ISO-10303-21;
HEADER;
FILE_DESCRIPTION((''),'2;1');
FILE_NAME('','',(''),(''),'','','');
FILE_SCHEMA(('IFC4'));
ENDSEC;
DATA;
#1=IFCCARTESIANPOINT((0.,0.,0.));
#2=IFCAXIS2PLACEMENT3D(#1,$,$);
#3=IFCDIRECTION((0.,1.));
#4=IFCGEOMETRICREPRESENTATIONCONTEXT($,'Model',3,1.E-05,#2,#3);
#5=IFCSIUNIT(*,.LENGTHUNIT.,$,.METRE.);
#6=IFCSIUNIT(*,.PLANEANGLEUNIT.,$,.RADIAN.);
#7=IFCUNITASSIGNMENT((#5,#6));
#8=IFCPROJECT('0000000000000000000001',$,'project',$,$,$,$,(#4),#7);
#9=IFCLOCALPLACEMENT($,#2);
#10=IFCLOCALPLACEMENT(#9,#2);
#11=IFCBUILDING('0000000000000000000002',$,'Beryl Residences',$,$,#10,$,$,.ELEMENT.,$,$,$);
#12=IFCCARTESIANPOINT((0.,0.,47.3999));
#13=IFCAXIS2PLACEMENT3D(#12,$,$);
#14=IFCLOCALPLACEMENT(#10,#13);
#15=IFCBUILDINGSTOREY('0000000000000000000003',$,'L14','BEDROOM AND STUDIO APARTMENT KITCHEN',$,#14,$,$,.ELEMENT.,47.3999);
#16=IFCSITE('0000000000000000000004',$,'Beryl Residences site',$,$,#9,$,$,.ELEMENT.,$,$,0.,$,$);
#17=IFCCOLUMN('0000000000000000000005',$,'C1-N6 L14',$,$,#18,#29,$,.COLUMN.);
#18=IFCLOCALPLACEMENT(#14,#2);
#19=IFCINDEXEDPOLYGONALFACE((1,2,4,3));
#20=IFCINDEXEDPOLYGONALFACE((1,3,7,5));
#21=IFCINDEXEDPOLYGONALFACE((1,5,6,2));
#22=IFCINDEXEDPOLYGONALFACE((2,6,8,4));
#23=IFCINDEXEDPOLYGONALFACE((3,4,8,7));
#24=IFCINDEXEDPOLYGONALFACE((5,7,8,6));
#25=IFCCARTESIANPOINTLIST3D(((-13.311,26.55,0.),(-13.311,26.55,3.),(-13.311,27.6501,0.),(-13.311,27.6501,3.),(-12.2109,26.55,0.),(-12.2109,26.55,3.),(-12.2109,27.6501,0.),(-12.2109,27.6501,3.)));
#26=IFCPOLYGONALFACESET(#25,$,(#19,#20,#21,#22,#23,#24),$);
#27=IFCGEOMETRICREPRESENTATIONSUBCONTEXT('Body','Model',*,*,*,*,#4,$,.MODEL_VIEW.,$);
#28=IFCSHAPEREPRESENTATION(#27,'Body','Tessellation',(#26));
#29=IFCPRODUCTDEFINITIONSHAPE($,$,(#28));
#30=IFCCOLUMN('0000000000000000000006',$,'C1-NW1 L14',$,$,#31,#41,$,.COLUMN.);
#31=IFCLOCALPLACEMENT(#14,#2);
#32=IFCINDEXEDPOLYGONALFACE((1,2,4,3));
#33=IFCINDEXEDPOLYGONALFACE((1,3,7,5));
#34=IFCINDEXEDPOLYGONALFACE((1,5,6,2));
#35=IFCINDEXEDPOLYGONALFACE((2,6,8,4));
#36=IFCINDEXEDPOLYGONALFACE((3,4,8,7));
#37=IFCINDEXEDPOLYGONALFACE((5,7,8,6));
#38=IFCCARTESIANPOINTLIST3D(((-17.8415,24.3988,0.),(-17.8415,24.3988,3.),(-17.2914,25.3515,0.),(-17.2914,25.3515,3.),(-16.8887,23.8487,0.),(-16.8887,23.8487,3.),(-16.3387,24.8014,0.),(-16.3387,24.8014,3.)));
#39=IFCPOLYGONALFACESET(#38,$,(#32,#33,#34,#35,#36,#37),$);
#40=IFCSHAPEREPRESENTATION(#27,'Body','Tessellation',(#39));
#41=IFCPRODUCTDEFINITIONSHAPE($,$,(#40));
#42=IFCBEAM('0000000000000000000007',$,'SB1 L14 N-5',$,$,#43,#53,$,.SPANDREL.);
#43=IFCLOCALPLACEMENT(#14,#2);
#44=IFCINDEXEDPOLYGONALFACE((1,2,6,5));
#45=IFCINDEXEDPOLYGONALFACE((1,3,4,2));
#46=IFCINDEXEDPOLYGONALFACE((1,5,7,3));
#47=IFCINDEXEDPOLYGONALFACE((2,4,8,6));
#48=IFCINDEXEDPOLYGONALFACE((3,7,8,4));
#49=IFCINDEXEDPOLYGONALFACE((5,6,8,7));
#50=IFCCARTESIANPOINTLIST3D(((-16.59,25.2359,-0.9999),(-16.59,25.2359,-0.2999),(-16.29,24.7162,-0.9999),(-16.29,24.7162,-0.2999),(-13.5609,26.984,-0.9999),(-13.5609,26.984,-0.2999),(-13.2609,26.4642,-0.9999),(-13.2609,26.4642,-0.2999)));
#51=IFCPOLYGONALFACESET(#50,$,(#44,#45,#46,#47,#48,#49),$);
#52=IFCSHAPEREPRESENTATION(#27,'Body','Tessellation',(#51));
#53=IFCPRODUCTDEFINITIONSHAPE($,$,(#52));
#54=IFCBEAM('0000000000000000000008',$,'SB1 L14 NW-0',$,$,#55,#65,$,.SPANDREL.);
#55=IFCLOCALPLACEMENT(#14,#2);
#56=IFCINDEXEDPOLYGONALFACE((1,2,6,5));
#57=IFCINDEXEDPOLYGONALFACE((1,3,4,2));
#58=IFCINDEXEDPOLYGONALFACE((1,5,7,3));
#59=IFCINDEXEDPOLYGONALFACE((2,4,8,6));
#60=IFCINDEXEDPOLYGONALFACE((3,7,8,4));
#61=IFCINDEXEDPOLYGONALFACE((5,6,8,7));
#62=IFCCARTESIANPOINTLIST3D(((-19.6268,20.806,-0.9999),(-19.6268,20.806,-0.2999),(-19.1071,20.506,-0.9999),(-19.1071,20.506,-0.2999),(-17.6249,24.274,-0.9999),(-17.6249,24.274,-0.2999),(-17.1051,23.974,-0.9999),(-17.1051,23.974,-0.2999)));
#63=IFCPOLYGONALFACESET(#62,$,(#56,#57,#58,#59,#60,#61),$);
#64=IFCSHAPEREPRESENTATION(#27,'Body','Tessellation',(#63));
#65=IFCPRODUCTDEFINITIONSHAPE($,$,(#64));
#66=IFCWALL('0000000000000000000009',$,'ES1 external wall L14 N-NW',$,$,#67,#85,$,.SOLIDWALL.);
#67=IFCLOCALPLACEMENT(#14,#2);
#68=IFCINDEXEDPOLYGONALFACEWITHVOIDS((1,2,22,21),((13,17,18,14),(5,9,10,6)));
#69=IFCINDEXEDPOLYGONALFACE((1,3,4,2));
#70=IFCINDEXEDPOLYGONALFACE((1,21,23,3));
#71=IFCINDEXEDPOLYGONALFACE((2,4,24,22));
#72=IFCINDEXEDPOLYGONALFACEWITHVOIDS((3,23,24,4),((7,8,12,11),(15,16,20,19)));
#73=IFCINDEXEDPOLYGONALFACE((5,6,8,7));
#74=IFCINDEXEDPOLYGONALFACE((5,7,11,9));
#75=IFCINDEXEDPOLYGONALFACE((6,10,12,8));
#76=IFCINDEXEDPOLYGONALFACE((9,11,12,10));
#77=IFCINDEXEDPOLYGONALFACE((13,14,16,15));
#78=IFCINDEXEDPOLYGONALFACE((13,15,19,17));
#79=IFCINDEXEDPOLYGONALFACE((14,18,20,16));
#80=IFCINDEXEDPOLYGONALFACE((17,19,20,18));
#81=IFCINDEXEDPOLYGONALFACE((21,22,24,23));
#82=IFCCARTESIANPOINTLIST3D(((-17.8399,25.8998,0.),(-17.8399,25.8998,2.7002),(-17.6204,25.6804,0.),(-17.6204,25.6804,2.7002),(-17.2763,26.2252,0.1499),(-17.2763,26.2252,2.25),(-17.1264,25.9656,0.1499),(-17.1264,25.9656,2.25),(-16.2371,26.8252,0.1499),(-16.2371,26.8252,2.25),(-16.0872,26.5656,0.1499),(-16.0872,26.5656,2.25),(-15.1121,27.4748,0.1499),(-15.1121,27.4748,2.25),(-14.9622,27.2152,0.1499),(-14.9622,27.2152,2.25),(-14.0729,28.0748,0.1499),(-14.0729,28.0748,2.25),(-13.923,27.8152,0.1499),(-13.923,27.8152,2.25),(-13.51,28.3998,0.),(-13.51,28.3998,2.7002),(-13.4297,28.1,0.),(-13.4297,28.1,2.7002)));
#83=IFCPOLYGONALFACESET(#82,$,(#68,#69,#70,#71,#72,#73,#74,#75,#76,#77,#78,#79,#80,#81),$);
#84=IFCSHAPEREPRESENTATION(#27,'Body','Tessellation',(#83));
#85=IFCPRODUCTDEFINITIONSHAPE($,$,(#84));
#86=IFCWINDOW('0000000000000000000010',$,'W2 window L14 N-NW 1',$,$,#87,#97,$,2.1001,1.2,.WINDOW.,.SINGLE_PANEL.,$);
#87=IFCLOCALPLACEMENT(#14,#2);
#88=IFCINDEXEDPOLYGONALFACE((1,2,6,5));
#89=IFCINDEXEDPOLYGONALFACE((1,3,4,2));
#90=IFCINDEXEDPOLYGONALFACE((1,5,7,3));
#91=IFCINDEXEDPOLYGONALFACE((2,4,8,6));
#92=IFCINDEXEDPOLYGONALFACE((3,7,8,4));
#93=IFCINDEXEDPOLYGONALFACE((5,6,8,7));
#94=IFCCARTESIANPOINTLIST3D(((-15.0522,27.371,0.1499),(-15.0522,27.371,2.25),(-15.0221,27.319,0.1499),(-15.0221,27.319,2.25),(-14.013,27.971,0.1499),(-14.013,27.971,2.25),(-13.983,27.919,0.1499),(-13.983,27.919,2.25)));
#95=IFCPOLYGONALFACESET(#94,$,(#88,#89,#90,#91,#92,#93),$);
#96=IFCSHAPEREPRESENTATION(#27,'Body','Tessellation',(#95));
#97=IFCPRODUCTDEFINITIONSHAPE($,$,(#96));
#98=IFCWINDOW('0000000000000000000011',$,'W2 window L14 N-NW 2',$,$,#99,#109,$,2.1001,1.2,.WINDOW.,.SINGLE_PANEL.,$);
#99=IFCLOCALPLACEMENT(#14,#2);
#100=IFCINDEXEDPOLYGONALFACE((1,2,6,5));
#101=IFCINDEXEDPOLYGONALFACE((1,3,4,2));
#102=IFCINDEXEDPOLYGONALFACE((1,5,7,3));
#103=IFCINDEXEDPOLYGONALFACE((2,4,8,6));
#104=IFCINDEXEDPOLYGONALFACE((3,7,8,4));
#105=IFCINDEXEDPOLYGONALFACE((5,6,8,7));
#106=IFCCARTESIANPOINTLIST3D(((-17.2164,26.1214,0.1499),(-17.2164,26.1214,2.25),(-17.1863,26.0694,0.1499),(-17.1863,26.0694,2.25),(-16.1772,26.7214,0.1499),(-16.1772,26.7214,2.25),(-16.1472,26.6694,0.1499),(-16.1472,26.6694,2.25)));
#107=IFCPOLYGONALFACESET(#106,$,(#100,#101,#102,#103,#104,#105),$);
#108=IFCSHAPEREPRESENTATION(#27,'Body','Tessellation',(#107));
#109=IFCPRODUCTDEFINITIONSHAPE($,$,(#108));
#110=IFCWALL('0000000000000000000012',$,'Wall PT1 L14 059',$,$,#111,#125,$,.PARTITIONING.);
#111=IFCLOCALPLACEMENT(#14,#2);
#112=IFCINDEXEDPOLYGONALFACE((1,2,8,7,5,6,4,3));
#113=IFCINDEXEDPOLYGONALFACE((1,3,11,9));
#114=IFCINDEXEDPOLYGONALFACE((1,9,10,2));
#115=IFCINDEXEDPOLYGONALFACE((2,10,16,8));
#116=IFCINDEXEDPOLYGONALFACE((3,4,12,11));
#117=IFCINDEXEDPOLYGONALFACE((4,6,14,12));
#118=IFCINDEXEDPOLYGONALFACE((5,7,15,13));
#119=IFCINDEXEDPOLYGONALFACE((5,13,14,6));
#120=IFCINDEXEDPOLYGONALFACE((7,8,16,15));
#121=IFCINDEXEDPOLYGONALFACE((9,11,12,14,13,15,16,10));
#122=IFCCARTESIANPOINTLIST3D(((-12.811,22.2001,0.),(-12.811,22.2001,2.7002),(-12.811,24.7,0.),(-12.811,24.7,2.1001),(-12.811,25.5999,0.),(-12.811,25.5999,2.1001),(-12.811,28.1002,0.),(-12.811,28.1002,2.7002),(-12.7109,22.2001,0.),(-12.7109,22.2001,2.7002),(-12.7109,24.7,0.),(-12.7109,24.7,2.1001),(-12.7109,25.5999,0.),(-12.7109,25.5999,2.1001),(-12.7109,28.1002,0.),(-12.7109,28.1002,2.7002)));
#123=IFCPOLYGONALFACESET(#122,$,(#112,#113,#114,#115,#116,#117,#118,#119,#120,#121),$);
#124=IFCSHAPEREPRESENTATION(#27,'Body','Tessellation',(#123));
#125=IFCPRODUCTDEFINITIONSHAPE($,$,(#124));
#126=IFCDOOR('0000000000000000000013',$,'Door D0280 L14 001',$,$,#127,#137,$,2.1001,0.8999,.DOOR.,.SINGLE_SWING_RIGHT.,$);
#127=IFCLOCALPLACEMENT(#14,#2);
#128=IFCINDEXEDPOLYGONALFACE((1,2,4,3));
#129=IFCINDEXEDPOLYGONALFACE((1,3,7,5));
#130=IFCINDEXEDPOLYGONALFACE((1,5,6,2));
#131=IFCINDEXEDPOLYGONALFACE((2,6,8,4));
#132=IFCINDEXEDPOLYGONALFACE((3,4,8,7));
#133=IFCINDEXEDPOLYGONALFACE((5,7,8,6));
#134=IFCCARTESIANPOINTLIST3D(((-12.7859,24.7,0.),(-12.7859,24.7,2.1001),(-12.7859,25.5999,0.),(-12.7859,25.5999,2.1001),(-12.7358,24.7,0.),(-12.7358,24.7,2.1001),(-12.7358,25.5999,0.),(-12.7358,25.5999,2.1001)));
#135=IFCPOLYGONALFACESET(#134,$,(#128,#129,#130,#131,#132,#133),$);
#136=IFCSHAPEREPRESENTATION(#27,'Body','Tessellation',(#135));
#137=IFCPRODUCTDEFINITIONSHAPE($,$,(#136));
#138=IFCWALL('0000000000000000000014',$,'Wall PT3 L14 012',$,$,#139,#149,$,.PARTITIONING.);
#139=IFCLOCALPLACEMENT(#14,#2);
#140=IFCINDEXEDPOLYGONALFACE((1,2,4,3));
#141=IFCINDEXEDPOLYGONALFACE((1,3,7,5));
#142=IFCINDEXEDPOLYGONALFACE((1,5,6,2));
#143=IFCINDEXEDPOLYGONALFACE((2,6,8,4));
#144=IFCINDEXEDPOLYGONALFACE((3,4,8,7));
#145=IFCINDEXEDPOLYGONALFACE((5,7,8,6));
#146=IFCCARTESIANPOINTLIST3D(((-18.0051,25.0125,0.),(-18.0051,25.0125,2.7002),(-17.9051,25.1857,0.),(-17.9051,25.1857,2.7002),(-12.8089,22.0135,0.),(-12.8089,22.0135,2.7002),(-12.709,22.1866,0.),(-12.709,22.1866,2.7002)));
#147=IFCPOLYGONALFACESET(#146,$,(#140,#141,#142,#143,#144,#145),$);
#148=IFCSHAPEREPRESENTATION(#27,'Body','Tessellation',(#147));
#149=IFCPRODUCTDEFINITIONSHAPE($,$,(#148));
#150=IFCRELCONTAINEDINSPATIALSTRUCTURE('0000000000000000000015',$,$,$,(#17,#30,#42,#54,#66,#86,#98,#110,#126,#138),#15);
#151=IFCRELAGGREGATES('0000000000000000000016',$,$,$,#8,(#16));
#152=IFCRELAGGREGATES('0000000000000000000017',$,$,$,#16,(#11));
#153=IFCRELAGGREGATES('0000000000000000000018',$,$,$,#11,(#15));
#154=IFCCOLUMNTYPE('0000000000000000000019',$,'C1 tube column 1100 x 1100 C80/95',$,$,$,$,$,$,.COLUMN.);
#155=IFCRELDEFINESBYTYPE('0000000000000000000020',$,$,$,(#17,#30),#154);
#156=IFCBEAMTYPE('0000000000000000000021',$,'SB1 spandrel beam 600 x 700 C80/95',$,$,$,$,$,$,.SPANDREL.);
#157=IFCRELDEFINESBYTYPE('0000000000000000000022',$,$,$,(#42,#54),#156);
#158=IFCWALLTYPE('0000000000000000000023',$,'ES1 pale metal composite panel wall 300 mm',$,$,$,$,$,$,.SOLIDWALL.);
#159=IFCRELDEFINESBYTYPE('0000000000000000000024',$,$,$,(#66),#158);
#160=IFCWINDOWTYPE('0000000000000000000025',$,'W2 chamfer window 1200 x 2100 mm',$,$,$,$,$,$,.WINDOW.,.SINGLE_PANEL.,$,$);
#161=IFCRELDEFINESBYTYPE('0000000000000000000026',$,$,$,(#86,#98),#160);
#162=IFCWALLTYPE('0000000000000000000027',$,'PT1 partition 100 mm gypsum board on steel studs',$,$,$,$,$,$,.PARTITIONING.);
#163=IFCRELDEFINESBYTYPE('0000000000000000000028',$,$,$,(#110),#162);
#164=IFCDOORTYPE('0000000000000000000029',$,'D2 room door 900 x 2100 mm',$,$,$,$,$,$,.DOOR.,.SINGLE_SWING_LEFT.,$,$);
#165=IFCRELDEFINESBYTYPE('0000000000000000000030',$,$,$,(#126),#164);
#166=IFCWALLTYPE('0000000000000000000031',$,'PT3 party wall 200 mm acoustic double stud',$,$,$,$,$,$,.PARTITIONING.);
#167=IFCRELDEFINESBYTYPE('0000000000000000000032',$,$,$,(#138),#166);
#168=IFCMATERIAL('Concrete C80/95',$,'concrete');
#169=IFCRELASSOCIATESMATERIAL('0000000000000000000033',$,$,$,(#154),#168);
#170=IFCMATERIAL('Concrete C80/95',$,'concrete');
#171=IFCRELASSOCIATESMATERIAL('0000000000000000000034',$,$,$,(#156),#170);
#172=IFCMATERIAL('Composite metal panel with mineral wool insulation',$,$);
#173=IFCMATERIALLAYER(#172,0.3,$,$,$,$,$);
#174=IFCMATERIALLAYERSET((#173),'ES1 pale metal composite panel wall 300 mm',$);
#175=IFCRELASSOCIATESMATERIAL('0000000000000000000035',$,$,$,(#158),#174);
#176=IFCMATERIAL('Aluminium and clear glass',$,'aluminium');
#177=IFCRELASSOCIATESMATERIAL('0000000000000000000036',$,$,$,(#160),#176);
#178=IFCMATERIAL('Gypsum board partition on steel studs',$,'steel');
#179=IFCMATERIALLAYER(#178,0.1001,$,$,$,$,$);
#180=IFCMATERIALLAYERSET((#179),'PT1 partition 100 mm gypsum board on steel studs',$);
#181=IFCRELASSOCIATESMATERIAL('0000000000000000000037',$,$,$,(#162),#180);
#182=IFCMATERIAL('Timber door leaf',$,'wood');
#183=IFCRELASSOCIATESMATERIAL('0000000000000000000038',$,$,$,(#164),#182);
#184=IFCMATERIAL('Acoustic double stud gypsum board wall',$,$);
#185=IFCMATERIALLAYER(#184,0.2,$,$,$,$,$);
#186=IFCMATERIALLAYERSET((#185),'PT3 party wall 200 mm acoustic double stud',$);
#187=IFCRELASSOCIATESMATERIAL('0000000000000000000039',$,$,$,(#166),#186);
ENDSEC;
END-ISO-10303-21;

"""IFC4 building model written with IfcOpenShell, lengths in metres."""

from ifc_helpers import new_model, si_unit, direction, frame, frame_2d, origin, origin_2d, place, context, subcontext, project, spatial, polyline, rectangle, outline, extrude, material, layer, layer_set, material_profile, profile_set, type_object, element, fill, save


model = new_model("IFC4")

# Units and contexts
model_context = context("Model", 3, precision=1e-05, world=origin(), true_north=direction((0.0, 1.0)))
body_context = subcontext(model_context, "Body", "Model", "MODEL_VIEW")
ifc_project = project(units=[si_unit("LENGTHUNIT", "METRE"), si_unit("PLANEANGLEUNIT", "RADIAN")], contexts=[model_context])

# Site, building, storey
site_placement = place(None, origin())
site = spatial("IfcSite", under=ifc_project, at=site_placement, Name="Beryl Residences site", CompositionType="ELEMENT", RefElevation=0.0)
building_placement = place(site_placement, origin())
building = spatial("IfcBuilding", under=site, at=building_placement, Name="Beryl Residences", CompositionType="ELEMENT")
storey_placement = place(building_placement, frame((0.0, 0.0, 47.3999)))
storey = spatial("IfcBuildingStorey", under=building, at=storey_placement, Name="L14", Description="BEDROOM AND STUDIO APARTMENT KITCHEN", CompositionType="ELEMENT", Elevation=47.3999)

# Columns
ifc_material_1 = material(Name="Concrete C80/95", Category="concrete")
ifc_material_profile_1 = material_profile(ifc_material_1, rectangle(XDim=1.1001, YDim=1.1001, at=origin_2d()))
ifc_profile_set_1 = profile_set([ifc_material_profile_1], Name="Concrete C80/95")
column_type = type_object("IfcColumnType", Name="C1 tube column 1100 x 1100 C80/95", PredefinedType="COLUMN", material=ifc_profile_set_1)
for number, where, z_axis, x_axis, name in (
    (1, (-12.761, 27.1001, 0.0), (0.0, 0.0, 1.0), (-1.0, 0.0, 0.0), "C1-N6 L14"),
    (2, (-17.0901, 24.6001, 0.0), (0.0, 0.0, 1.0), (-0.499985, -0.866034, 0.0), "C1-NW1 L14"),
):
    element("IfcColumn", number, at=place(storey_placement, frame(where, z_axis=z_axis, x_axis=x_axis)), inside=storey, type_object=column_type, Name=name, PredefinedType="COLUMN", context=body_context, shape_type="SweptSolid", body=[
        extrude(rectangle(XDim=1.1001, YDim=1.1001, at=origin_2d()), origin(), (0.0, 0.0, 1.0), 3.0),
    ])

# Beams
ifc_material_2 = material(Name="Concrete C80/95", Category="concrete")
ifc_material_profile_2 = material_profile(ifc_material_2, rectangle(XDim=0.6001, YDim=0.7, at=origin_2d()))
ifc_profile_set_2 = profile_set([ifc_material_profile_2], Name="Concrete C80/95")
beam_type = type_object("IfcBeamType", Name="SB1 spandrel beam 600 x 700 C80/95", PredefinedType="SPANDREL", material=ifc_profile_set_2)
beam_1_placement = place(storey_placement, frame((-13.4109, 26.7241, -0.6499), z_axis=(-0.866122, -0.499833, 0.0), x_axis=(0.499833, -0.866122, 0.0)))
element("IfcBeam", 3, at=beam_1_placement, inside=storey, type_object=beam_type, Name="SB1 L14 N-5", PredefinedType="SPANDREL", context=body_context, shape_type="SweptSolid", body=[
    extrude(rectangle(XDim=0.6001, YDim=0.7, at=origin_2d()), origin(), (0.0, 0.0, 1.0), 3.4973),
])
beam_2_placement = place(storey_placement, frame((-17.365, 24.124, -0.6499), z_axis=(-0.499942, -0.866059, 0.0), x_axis=(0.866059, -0.499942, 0.0)))
element("IfcBeam", 4, at=beam_2_placement, inside=storey, type_object=beam_type, Name="SB1 L14 NW-0", PredefinedType="SPANDREL", context=body_context, shape_type="SweptSolid", body=[
    extrude(rectangle(XDim=0.6001, YDim=0.7, at=origin_2d()), origin(), (0.0, 0.0, 1.0), 4.0044),
])

# Wall, openings, windows
ifc_material_3 = material(Name="Composite metal panel with mineral wool insulation")
ifc_layer_1 = layer(ifc_material_3, 0.3)
ifc_layer_set_1 = layer_set([ifc_layer_1], Name="ES1 pale metal composite panel wall 300 mm")
wall_type_1 = type_object("IfcWallType", Name="ES1 pale metal composite panel wall 300 mm", PredefinedType="SOLIDWALL", material=ifc_layer_set_1)
wall_1_placement = place(storey_placement, frame((-13.4351, 28.27, 0.0), z_axis=(0.0, 0.0, 1.0), x_axis=(-0.866011, -0.500025, 0.0)))
wall_1 = element("IfcWall", 5, at=wall_1_placement, inside=storey, type_object=wall_type_1, Name="ES1 external wall L14 N-NW", PredefinedType="SOLIDWALL", context=body_context, shape_type="SweptSolid", body=[
    extrude(outline(polyline([(0.0, -0.1499), (4.9998, -0.1499), (4.9194, 0.1499), (0.0803, 0.1499), (0.0, -0.1499)])), origin(), (0.0, 0.0, 1.0), 2.7002),
])
opening_1_placement = place(wall_1_placement, frame((0.6499, 0.0, 0.1499)))
opening_1 = element("IfcOpeningElement", 6, at=opening_1_placement, cuts=wall_1, PredefinedType="OPENING", context=body_context, shape_type="SweptSolid", body=[
    extrude(rectangle(XDim=1.2, YDim=2.1001, at=frame_2d((0.6001, 1.05))), frame((0.0, 0.1599, 0.0), z_axis=(0.0, -1.0, 0.0), x_axis=(1.0, 0.0, 0.0)), (0.0, 0.0, 1.0), 0.3201),
])
opening_2_placement = place(wall_1_placement, frame((3.1489, 0.0, 0.1499)))
opening_2 = element("IfcOpeningElement", 7, at=opening_2_placement, cuts=wall_1, PredefinedType="OPENING", context=body_context, shape_type="SweptSolid", body=[
    extrude(rectangle(XDim=1.2, YDim=2.1001, at=frame_2d((0.6001, 1.05))), frame((0.0, 0.1599, 0.0), z_axis=(0.0, -1.0, 0.0), x_axis=(1.0, 0.0, 0.0)), (0.0, 0.0, 1.0), 0.3201),
])
ifc_material_4 = material(Name="Aluminium and clear glass", Category="aluminium")
window_type_1 = type_object("IfcWindowType", Name="W2 chamfer window 1200 x 2100 mm", PartitioningType="SINGLE_PANEL", PredefinedType="WINDOW", material=ifc_material_4)
window_1_placement = place(opening_1_placement, origin())
window_1 = element("IfcWindow", 8, at=window_1_placement, inside=storey, type_object=window_type_1, Name="W2 window L14 N-NW 1", OverallHeight=2.1001, OverallWidth=1.2, PartitioningType="SINGLE_PANEL", PredefinedType="WINDOW", context=body_context, shape_type="SweptSolid", body=[
    extrude(rectangle(XDim=1.2, YDim=2.1001, at=frame_2d((0.6001, 1.05))), frame((0.0, 0.03, 0.0), z_axis=(0.0, -1.0, 0.0), x_axis=(1.0, 0.0, 0.0)), (0.0, 0.0, 1.0), 0.0601),
])
fill(opening_1, window_1)
window_2_placement = place(opening_2_placement, origin())
window_2 = element("IfcWindow", 9, at=window_2_placement, inside=storey, type_object=window_type_1, Name="W2 window L14 N-NW 2", OverallHeight=2.1001, OverallWidth=1.2, PartitioningType="SINGLE_PANEL", PredefinedType="WINDOW", context=body_context, shape_type="SweptSolid", body=[
    extrude(rectangle(XDim=1.2, YDim=2.1001, at=frame_2d((0.6001, 1.05))), frame((0.0, 0.03, 0.0), z_axis=(0.0, -1.0, 0.0), x_axis=(1.0, 0.0, 0.0)), (0.0, 0.0, 1.0), 0.0601),
])
fill(opening_2, window_2)

# Wall, opening, door
ifc_material_5 = material(Name="Gypsum board partition on steel studs", Category="steel")
ifc_layer_2 = layer(ifc_material_5, 0.1001)
ifc_layer_set_2 = layer_set([ifc_layer_2], Name="PT1 partition 100 mm gypsum board on steel studs")
wall_type_2 = type_object("IfcWallType", Name="PT1 partition 100 mm gypsum board on steel studs", PredefinedType="PARTITIONING", material=ifc_layer_set_2)
wall_2_placement = place(storey_placement, frame((-12.761, 22.2, 0.0), z_axis=(0.0, 0.0, 1.0), x_axis=(0.0, 1.0, 0.0)))
wall_2 = element("IfcWall", 10, at=wall_2_placement, inside=storey, type_object=wall_type_2, Name="Wall PT1 L14 059", PredefinedType="PARTITIONING", context=body_context, shape_type="SweptSolid", body=[
    extrude(rectangle(XDim=5.9001, YDim=0.1001, at=frame_2d((2.9502, 0.0))), origin(), (0.0, 0.0, 1.0), 2.7002),
])
opening_3_placement = place(wall_2_placement, frame((2.5, 0.0, 0.0)))
opening_3 = element("IfcOpeningElement", 11, at=opening_3_placement, cuts=wall_2, PredefinedType="OPENING", context=body_context, shape_type="SweptSolid", body=[
    extrude(rectangle(XDim=0.8999, YDim=2.1001, at=frame_2d((0.45, 1.05))), frame((0.0, 0.0601, 0.0), z_axis=(0.0, -1.0, 0.0), x_axis=(1.0, 0.0, 0.0)), (0.0, 0.0, 1.0), 0.1201),
])
ifc_material_6 = material(Name="Timber door leaf", Category="wood")
door_type = type_object("IfcDoorType", Name="D2 room door 900 x 2100 mm", OperationType="SINGLE_SWING_LEFT", PredefinedType="DOOR", material=ifc_material_6)
door_placement = place(opening_3_placement, origin())
door = element("IfcDoor", 12, at=door_placement, inside=storey, type_object=door_type, Name="Door D0280 L14 001", OperationType="SINGLE_SWING_RIGHT", OverallHeight=2.1001, OverallWidth=0.8999, PredefinedType="DOOR", context=body_context, shape_type="SweptSolid", body=[
    extrude(rectangle(XDim=0.8999, YDim=2.1001, at=frame_2d((0.45, 1.05))), frame((0.0, 0.0249, 0.0), z_axis=(0.0, -1.0, 0.0), x_axis=(1.0, 0.0, 0.0)), (0.0, 0.0, 1.0), 0.05),
])
fill(opening_3, door)

# Wall
ifc_material_7 = material(Name="Acoustic double stud gypsum board wall")
ifc_layer_3 = layer(ifc_material_7, 0.2)
ifc_layer_set_3 = layer_set([ifc_layer_3], Name="PT3 party wall 200 mm acoustic double stud")
wall_type_3 = type_object("IfcWallType", Name="PT3 party wall 200 mm acoustic double stud", PredefinedType="PARTITIONING", material=ifc_layer_set_3)
wall_3_placement = place(storey_placement, frame((-17.9551, 25.0991, 0.0), z_axis=(0.0, 0.0, 1.0), x_axis=(0.866091, -0.499886, 0.0)))
element("IfcWall", 13, at=wall_3_placement, inside=storey, type_object=wall_type_3, Name="Wall PT3 L14 012", PredefinedType="PARTITIONING", context=body_context, shape_type="SweptSolid", body=[
    extrude(rectangle(XDim=5.9995, YDim=0.2, at=frame_2d((2.9998, 0.0))), origin(), (0.0, 0.0, 1.0), 2.7002),
])

save(model, "model.ifc")
